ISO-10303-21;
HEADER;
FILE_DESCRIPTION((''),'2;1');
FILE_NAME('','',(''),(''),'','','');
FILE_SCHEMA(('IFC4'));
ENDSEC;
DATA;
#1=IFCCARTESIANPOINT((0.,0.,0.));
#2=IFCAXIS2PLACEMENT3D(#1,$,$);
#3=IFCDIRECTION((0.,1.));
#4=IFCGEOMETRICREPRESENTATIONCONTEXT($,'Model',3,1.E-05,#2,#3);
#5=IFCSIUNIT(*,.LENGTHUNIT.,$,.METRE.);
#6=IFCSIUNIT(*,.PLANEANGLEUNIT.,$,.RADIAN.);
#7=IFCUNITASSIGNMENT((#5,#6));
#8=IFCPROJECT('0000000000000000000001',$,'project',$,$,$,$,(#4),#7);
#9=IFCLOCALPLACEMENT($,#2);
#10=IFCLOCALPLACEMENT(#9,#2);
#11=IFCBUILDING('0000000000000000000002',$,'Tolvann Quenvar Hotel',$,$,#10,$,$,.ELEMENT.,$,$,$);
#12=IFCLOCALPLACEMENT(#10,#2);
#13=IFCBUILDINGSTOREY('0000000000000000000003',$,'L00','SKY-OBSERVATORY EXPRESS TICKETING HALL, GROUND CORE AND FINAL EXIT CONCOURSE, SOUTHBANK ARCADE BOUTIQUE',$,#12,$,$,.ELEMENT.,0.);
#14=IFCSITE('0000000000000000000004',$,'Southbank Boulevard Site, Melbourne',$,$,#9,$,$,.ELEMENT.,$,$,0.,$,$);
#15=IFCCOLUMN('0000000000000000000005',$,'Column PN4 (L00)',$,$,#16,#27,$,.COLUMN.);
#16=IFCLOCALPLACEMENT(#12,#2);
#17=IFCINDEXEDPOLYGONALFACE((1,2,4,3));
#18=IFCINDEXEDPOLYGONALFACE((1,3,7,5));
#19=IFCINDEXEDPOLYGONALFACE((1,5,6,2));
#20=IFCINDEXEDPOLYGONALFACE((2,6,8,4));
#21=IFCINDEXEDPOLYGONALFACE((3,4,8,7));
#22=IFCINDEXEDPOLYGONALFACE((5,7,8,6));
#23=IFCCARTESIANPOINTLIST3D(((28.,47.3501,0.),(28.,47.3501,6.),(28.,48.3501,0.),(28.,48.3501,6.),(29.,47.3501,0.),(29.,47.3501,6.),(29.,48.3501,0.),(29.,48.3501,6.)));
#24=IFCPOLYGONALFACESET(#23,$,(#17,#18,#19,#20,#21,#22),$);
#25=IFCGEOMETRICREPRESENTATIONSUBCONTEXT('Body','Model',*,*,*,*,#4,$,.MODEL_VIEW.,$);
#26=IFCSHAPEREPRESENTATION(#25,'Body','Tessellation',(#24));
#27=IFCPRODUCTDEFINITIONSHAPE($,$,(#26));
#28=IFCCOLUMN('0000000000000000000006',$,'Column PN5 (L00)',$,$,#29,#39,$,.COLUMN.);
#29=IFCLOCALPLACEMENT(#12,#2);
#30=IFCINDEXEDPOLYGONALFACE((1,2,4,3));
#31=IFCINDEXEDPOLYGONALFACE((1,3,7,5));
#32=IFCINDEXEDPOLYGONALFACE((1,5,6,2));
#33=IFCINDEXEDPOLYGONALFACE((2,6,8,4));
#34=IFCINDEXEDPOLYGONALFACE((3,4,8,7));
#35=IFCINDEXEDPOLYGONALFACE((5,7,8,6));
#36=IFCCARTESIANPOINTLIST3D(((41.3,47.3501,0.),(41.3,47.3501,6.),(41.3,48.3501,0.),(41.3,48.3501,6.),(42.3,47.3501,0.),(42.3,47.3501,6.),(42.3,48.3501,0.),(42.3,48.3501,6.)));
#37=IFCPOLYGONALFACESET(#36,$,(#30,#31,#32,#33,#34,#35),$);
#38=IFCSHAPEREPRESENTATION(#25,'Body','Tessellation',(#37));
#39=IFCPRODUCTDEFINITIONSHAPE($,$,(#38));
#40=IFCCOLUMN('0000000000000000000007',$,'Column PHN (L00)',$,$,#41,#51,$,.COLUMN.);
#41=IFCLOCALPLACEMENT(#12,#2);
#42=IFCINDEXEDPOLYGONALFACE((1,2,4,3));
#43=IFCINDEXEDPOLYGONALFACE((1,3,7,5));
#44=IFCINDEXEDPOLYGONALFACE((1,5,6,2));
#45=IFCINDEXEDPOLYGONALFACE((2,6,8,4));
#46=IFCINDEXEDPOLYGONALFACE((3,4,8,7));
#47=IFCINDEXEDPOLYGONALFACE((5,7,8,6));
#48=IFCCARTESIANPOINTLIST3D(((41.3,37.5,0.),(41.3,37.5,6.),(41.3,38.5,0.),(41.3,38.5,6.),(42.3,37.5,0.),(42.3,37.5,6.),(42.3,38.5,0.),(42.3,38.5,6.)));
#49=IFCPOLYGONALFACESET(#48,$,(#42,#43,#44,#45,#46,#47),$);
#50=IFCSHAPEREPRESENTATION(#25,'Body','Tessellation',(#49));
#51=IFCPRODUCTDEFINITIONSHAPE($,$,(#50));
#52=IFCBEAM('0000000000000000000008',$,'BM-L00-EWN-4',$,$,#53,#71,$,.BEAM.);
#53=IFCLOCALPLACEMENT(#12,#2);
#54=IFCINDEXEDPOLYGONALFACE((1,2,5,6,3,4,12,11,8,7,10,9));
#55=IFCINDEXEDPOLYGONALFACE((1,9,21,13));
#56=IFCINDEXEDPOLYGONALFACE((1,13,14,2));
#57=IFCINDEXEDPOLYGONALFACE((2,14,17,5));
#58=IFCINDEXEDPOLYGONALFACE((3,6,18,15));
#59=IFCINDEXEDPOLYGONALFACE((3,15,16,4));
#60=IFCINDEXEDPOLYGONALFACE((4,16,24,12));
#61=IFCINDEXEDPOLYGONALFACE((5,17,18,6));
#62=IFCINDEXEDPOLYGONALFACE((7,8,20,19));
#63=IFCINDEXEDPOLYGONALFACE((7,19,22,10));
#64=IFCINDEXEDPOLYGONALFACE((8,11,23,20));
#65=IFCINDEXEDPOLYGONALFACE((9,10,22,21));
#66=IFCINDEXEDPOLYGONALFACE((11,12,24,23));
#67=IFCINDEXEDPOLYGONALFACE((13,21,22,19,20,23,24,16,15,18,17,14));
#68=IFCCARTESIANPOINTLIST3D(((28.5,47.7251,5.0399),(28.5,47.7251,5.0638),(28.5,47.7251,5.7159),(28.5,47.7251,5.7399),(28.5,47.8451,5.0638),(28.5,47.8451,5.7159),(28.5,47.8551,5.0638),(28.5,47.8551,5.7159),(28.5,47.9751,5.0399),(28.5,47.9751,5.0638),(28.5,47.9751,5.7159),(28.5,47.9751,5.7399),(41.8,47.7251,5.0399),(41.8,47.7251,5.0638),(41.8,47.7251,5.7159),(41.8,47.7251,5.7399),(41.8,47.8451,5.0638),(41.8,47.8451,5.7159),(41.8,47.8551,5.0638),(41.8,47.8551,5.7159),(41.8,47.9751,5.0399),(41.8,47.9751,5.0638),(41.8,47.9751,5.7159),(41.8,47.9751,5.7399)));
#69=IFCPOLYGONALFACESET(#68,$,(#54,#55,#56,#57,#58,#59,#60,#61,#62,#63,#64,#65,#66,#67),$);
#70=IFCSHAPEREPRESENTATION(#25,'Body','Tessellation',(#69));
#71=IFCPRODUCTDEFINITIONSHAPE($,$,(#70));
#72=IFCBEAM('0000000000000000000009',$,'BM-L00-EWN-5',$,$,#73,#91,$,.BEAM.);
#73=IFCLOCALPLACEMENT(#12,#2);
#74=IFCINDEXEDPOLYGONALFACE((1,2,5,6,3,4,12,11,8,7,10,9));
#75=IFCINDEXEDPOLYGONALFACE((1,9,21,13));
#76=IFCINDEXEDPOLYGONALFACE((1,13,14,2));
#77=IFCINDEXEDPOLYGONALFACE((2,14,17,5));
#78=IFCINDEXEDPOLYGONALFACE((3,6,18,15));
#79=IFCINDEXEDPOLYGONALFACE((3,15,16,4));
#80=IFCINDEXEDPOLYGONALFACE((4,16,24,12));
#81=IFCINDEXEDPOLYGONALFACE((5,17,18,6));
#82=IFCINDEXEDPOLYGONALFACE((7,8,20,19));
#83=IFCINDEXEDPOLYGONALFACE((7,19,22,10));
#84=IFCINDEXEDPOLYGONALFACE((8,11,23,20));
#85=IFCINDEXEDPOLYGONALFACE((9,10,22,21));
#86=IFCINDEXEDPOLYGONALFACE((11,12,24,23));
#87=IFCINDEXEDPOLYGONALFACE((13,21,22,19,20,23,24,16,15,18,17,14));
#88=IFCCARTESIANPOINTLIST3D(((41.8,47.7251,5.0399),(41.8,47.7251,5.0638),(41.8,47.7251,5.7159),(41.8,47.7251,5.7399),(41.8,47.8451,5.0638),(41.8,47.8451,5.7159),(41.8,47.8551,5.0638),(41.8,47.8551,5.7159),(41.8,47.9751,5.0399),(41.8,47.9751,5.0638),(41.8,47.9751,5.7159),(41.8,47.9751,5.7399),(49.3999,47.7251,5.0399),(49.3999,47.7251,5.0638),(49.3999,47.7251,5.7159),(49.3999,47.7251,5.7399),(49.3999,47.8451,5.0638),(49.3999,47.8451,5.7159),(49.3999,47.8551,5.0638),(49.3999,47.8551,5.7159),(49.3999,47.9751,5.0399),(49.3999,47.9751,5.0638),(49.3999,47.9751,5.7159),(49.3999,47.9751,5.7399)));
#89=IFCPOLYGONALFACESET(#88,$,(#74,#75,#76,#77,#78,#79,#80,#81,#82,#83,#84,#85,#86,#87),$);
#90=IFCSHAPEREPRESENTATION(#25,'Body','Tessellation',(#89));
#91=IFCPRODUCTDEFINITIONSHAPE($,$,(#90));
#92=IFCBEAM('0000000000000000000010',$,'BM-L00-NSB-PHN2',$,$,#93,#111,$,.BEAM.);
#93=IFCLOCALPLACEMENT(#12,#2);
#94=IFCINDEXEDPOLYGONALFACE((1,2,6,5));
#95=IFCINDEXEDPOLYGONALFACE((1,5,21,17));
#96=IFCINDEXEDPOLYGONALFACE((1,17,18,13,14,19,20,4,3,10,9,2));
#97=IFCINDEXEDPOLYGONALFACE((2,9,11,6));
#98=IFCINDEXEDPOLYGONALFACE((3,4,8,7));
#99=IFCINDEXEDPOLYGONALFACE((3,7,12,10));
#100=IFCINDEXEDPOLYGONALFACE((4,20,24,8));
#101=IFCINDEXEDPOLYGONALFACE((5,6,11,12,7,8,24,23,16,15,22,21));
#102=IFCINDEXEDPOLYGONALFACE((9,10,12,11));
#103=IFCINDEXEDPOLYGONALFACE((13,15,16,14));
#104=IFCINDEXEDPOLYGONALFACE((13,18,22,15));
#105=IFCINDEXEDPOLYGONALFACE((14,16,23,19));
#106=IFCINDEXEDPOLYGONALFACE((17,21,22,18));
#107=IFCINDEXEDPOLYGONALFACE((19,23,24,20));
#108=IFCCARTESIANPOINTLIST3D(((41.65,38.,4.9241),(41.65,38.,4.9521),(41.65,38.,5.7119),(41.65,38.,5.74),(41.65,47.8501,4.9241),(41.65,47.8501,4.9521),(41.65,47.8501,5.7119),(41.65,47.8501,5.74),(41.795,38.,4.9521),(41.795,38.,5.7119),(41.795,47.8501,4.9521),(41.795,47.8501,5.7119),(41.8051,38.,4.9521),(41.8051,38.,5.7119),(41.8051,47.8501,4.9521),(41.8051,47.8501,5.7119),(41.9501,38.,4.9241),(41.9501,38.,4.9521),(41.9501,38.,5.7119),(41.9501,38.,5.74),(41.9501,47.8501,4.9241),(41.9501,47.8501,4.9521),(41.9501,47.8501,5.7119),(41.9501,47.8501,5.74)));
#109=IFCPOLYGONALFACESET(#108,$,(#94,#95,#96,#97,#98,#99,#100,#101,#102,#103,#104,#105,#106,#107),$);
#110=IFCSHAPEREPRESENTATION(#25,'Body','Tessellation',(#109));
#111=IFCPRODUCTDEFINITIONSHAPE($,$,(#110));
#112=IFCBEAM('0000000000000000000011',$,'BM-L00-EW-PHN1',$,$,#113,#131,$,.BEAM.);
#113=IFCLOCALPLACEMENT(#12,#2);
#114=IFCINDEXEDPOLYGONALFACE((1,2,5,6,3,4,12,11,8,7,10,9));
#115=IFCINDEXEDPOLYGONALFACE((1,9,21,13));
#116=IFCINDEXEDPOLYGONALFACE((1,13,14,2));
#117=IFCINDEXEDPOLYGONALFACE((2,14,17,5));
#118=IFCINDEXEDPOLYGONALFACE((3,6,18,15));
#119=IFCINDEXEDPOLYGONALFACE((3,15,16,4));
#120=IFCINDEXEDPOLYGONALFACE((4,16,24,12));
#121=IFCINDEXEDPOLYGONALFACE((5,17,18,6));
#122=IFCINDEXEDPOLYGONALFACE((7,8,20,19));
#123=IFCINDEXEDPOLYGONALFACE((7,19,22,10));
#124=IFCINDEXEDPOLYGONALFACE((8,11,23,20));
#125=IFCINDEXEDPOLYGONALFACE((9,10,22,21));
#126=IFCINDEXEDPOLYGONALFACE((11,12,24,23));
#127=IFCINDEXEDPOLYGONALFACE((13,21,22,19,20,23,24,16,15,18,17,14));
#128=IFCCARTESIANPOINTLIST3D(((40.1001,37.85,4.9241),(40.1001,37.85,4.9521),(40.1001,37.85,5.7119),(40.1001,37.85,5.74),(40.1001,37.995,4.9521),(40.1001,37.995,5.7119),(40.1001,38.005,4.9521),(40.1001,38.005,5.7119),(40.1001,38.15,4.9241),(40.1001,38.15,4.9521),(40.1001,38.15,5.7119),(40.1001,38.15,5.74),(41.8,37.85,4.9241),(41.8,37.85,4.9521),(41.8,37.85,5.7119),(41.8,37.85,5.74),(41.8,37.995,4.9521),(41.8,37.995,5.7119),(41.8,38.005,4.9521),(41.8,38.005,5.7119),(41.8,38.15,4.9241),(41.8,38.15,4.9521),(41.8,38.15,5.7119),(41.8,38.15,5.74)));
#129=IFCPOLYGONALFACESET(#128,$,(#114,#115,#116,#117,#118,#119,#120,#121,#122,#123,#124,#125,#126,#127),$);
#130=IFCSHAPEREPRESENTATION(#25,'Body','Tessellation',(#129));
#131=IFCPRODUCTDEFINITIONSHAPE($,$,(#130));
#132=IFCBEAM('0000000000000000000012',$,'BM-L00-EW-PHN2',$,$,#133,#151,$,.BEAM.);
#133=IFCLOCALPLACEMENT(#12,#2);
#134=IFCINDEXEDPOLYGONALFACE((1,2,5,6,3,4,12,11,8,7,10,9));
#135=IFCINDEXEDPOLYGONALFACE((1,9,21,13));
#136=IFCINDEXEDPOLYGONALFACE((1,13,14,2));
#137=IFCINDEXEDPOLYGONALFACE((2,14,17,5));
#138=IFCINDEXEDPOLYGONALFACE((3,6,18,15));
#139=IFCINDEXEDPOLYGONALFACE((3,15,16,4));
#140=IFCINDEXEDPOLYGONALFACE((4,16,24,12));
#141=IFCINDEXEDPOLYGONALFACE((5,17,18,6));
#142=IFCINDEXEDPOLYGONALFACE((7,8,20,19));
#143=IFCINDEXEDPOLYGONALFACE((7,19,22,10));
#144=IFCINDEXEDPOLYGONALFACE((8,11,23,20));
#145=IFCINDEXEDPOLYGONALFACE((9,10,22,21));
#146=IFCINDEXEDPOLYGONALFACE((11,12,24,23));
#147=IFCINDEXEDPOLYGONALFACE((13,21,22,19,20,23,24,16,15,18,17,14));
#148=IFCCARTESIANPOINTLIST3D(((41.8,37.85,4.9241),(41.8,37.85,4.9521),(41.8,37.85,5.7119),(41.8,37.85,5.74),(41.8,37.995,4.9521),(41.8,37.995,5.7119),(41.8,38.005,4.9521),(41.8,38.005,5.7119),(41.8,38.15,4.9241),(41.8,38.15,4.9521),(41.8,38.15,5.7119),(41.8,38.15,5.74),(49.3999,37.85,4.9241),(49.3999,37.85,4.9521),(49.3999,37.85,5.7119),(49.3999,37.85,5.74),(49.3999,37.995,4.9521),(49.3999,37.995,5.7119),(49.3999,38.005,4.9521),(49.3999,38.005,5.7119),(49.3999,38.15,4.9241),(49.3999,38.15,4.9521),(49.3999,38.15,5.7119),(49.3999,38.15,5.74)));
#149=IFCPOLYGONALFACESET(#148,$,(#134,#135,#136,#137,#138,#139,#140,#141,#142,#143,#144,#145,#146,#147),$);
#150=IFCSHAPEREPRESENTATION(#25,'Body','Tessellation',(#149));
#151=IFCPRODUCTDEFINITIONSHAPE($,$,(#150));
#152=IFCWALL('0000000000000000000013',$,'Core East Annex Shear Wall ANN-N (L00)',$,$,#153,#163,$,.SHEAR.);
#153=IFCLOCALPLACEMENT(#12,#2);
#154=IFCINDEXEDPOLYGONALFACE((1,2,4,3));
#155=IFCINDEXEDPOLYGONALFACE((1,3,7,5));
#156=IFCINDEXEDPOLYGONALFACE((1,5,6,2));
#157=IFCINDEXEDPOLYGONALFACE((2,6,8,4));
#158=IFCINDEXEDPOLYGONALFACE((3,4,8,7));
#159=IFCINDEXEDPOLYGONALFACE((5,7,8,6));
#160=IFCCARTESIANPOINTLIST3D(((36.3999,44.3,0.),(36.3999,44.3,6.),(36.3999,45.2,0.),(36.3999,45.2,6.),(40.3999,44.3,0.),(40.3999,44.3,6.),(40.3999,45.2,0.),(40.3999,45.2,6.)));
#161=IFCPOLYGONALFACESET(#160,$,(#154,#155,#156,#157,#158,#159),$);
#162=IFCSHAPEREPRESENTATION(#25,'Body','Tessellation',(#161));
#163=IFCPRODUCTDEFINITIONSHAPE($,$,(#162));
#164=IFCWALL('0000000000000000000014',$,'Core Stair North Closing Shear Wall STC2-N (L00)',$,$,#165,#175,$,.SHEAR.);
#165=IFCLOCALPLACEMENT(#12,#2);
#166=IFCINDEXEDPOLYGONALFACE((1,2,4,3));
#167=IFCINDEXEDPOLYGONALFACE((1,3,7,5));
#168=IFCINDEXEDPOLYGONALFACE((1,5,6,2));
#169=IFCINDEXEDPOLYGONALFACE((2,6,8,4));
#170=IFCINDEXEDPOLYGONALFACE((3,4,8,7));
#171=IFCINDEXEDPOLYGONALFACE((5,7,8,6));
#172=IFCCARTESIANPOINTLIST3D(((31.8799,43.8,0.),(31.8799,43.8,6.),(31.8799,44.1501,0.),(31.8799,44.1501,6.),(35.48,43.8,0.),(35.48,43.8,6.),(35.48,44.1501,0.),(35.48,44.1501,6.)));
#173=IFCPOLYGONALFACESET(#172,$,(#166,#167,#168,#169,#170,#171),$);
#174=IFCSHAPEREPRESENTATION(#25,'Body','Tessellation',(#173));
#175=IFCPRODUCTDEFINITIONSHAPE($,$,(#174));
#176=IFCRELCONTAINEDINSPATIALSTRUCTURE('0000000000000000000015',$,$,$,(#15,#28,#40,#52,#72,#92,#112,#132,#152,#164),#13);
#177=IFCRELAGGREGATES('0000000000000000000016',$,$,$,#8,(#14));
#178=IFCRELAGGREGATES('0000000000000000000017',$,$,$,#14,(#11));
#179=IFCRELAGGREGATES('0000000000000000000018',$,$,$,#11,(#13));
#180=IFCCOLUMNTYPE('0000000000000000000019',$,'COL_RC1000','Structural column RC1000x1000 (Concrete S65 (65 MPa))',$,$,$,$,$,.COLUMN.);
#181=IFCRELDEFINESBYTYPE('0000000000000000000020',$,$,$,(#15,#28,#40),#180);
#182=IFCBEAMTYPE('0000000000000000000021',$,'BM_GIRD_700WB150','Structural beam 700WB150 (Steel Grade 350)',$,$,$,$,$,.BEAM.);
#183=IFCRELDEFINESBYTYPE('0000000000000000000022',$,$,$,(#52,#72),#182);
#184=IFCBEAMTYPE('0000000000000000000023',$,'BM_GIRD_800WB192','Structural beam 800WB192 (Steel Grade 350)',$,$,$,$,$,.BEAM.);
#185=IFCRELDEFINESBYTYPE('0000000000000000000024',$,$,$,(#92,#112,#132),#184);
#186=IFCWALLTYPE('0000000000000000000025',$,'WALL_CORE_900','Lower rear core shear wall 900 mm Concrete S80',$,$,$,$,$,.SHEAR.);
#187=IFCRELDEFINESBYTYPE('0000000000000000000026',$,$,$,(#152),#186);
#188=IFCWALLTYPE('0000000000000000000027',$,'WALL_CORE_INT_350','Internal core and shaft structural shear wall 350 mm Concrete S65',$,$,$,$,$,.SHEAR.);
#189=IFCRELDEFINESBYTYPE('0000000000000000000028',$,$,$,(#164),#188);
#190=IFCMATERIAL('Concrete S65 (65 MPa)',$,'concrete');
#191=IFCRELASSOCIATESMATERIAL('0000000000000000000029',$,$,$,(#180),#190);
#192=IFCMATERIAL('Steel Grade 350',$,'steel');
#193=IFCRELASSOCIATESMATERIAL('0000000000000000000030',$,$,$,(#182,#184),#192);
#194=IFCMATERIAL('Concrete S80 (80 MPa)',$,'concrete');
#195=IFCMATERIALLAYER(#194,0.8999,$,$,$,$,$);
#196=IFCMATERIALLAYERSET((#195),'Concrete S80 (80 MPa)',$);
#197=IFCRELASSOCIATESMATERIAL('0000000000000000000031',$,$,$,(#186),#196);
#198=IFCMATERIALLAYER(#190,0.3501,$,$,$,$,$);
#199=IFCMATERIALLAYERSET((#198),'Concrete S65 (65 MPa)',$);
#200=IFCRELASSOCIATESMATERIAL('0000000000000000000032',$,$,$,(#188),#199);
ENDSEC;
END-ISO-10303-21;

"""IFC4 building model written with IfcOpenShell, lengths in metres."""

from ifc_helpers import new_model, si_unit, direction, frame, frame_2d, origin, origin_2d, place, context, subcontext, project, spatial, rectangle, i_section, extrude, source, transform, mapped, material, layer, layer_set, material_profile, profile_set, type_object, type_shapes, element, save


model = new_model("IFC4")

# Units and contexts
model_context = context("Model", 3, precision=1e-05, world=origin(), true_north=direction((0.0, 1.0)))
body_context = subcontext(model_context, "Body", "Model", "MODEL_VIEW")
ifc_project = project(units=[si_unit("LENGTHUNIT", "METRE"), si_unit("PLANEANGLEUNIT", "RADIAN")], contexts=[model_context])

# Site, building, storey
site_placement = place(None, origin())
site = spatial("IfcSite", under=ifc_project, at=site_placement, Name="Southbank Boulevard Site, Melbourne", CompositionType="ELEMENT", RefElevation=0.0)
building_placement = place(site_placement, origin())
building = spatial("IfcBuilding", under=site, at=building_placement, Name="Tolvann Quenvar Hotel", CompositionType="ELEMENT")
storey_placement = place(building_placement, origin())
storey = spatial("IfcBuildingStorey", under=building, at=storey_placement, Name="L00", Description="SKY-OBSERVATORY EXPRESS TICKETING HALL, GROUND CORE AND FINAL EXIT CONCOURSE, SOUTHBANK ARCADE BOUTIQUE", CompositionType="ELEMENT", Elevation=0.0)

# Columns
ifc_material_1 = material(Name="Concrete S65 (65 MPa)", Category="concrete")
ifc_material_profile_1 = material_profile(ifc_material_1, rectangle(XDim=1.0, YDim=1.0, at=origin_2d()), Name="RC1000x1000")
ifc_profile_set_1 = profile_set([ifc_material_profile_1], Name="Concrete S65 (65 MPa)")
column_type = type_object("IfcColumnType", Name="COL_RC1000", Description="Structural column RC1000x1000 (Concrete S65 (65 MPa))", PredefinedType="COLUMN", material=ifc_profile_set_1)
shared_shape_1 = source(origin(), body_context, "Body", "SweptSolid", [
    extrude(rectangle(XDim=1.0, YDim=1.0, at=origin_2d()), origin(), (0.0, 0.0, 1.0), 6.0),
])
type_shapes(column_type, [shared_shape_1])
for number, where, z_axis, x_axis, name in (
    (1, (28.5, 47.8501, 0.0), (0.0, 0.0, 1.0), (1.0, 0.0, 0.0), "Column PN4 (L00)"),
    (2, (41.8, 47.8501, 0.0), (0.0, 0.0, 1.0), (1.0, 0.0, 0.0), "Column PN5 (L00)"),
    (3, (41.8, 38.0, 0.0), (0.0, 0.0, 1.0), (1.0, 0.0, 0.0), "Column PHN (L00)"),
):
    element("IfcColumn", number, at=place(storey_placement, frame(where, z_axis=z_axis, x_axis=x_axis)), inside=storey, type_object=column_type, Name=name, PredefinedType="COLUMN", context=body_context, shape_type="MappedRepresentation", body=[
        mapped(shared_shape_1, transform((0.0, 0.0, 0.0), x_axis=(1.0, 0.0, 0.0), y_axis=(0.0, 1.0, 0.0), z_axis=(0.0, 0.0, 1.0), scale=1.0)),
    ])

# Beams
ifc_material_2 = material(Name="Steel Grade 350", Category="steel")
ifc_material_profile_2 = material_profile(ifc_material_2, i_section(OverallWidth=0.25, OverallDepth=0.7, WebThickness=0.01, FlangeThickness=0.0239, at=origin_2d()), Name="700WB150")
ifc_profile_set_2 = profile_set([ifc_material_profile_2], Name="Steel Grade 350")
beam_type_1 = type_object("IfcBeamType", Name="BM_GIRD_700WB150", Description="Structural beam 700WB150 (Steel Grade 350)", PredefinedType="BEAM", material=ifc_profile_set_2)
shared_shape_2 = source(origin(), body_context, "Body", "SweptSolid", [
    extrude(i_section(OverallWidth=0.25, OverallDepth=0.7, WebThickness=0.01, FlangeThickness=0.0239, at=origin_2d()), origin(), (0.0, 0.0, 1.0), 13.3),
])
beam_1_placement = place(storey_placement, frame((28.5, 47.8501, 5.3899), z_axis=(1.0, 0.0, 0.0), x_axis=(0.0, 1.0, 0.0)))
element("IfcBeam", 4, at=beam_1_placement, inside=storey, type_object=beam_type_1, Name="BM-L00-EWN-4", PredefinedType="BEAM", context=body_context, shape_type="MappedRepresentation", body=[
    mapped(shared_shape_2, transform((0.0, 0.0, 0.0), x_axis=(1.0, 0.0, 0.0), y_axis=(0.0, 1.0, 0.0), z_axis=(0.0, 0.0, 1.0), scale=1.0)),
])
shared_shape_3 = source(origin(), body_context, "Body", "SweptSolid", [
    extrude(i_section(OverallWidth=0.25, OverallDepth=0.7, WebThickness=0.01, FlangeThickness=0.0239, at=origin_2d()), origin(), (0.0, 0.0, 1.0), 7.5999),
])
type_shapes(beam_type_1, [shared_shape_2, shared_shape_3])
beam_2_placement = place(storey_placement, frame((41.8, 47.8501, 5.3899), z_axis=(1.0, 0.0, 0.0), x_axis=(0.0, 1.0, 0.0)))
element("IfcBeam", 5, at=beam_2_placement, inside=storey, type_object=beam_type_1, Name="BM-L00-EWN-5", PredefinedType="BEAM", context=body_context, shape_type="MappedRepresentation", body=[
    mapped(shared_shape_3, transform((0.0, 0.0, 0.0), x_axis=(1.0, 0.0, 0.0), y_axis=(0.0, 1.0, 0.0), z_axis=(0.0, 0.0, 1.0), scale=1.0)),
])
ifc_material_profile_3 = material_profile(ifc_material_2, i_section(OverallWidth=0.3, OverallDepth=0.8159, WebThickness=0.01, FlangeThickness=0.0281, at=origin_2d()), Name="800WB192")
ifc_profile_set_3 = profile_set([ifc_material_profile_3], Name="Steel Grade 350")
beam_type_2 = type_object("IfcBeamType", Name="BM_GIRD_800WB192", Description="Structural beam 800WB192 (Steel Grade 350)", PredefinedType="BEAM", material=ifc_profile_set_3)
shared_shape_4 = source(origin(), body_context, "Body", "SweptSolid", [
    extrude(i_section(OverallWidth=0.3, OverallDepth=0.8159, WebThickness=0.01, FlangeThickness=0.0281, at=origin_2d()), origin(), (0.0, 0.0, 1.0), 9.8501),
])
beam_3_placement = place(storey_placement, frame((41.8, 38.0, 5.332), z_axis=(0.0, 1.0, 0.0), x_axis=(-1.0, 0.0, 0.0)))
element("IfcBeam", 6, at=beam_3_placement, inside=storey, type_object=beam_type_2, Name="BM-L00-NSB-PHN2", PredefinedType="BEAM", context=body_context, shape_type="MappedRepresentation", body=[
    mapped(shared_shape_4, transform((0.0, 0.0, 0.0), x_axis=(1.0, 0.0, 0.0), y_axis=(0.0, 1.0, 0.0), z_axis=(0.0, 0.0, 1.0), scale=1.0)),
])
shared_shape_5 = source(origin(), body_context, "Body", "SweptSolid", [
    extrude(i_section(OverallWidth=0.3, OverallDepth=0.8159, WebThickness=0.01, FlangeThickness=0.0281, at=origin_2d()), origin(), (0.0, 0.0, 1.0), 1.7),
])
beam_4_placement = place(storey_placement, frame((40.1001, 38.0, 5.332), z_axis=(1.0, 0.0, 0.0), x_axis=(0.0, 1.0, 0.0)))
element("IfcBeam", 7, at=beam_4_placement, inside=storey, type_object=beam_type_2, Name="BM-L00-EW-PHN1", PredefinedType="BEAM", context=body_context, shape_type="MappedRepresentation", body=[
    mapped(shared_shape_5, transform((0.0, 0.0, 0.0), x_axis=(1.0, 0.0, 0.0), y_axis=(0.0, 1.0, 0.0), z_axis=(0.0, 0.0, 1.0), scale=1.0)),
])
shared_shape_6 = source(origin(), body_context, "Body", "SweptSolid", [
    extrude(i_section(OverallWidth=0.3, OverallDepth=0.8159, WebThickness=0.01, FlangeThickness=0.0281, at=origin_2d()), origin(), (0.0, 0.0, 1.0), 7.5999),
])
type_shapes(beam_type_2, [shared_shape_4, shared_shape_5, shared_shape_6])
beam_5_placement = place(storey_placement, frame((41.8, 38.0, 5.332), z_axis=(1.0, 0.0, 0.0), x_axis=(0.0, 1.0, 0.0)))
element("IfcBeam", 8, at=beam_5_placement, inside=storey, type_object=beam_type_2, Name="BM-L00-EW-PHN2", PredefinedType="BEAM", context=body_context, shape_type="MappedRepresentation", body=[
    mapped(shared_shape_6, transform((0.0, 0.0, 0.0), x_axis=(1.0, 0.0, 0.0), y_axis=(0.0, 1.0, 0.0), z_axis=(0.0, 0.0, 1.0), scale=1.0)),
])

# Walls
ifc_material_3 = material(Name="Concrete S80 (80 MPa)", Category="concrete")
ifc_layer_1 = layer(ifc_material_3, 0.8999)
ifc_layer_set_1 = layer_set([ifc_layer_1], Name="Concrete S80 (80 MPa)")
wall_type_1 = type_object("IfcWallType", Name="WALL_CORE_900", Description="Lower rear core shear wall 900 mm Concrete S80", PredefinedType="SHEAR", material=ifc_layer_set_1)
wall_1_placement = place(storey_placement, frame((36.3999, 44.75, 0.0), z_axis=(0.0, 0.0, 1.0), x_axis=(1.0, 0.0, 0.0)))
element("IfcWall", 9, at=wall_1_placement, inside=storey, type_object=wall_type_1, Name="Core East Annex Shear Wall ANN-N (L00)", PredefinedType="SHEAR", context=body_context, shape_type="SweptSolid", body=[
    extrude(rectangle(XDim=4.0, YDim=0.8999, at=frame_2d((2.0, 0.0))), origin(), (0.0, 0.0, 1.0), 6.0),
])
ifc_layer_2 = layer(ifc_material_1, 0.3501)
ifc_layer_set_2 = layer_set([ifc_layer_2], Name="Concrete S65 (65 MPa)")
wall_type_2 = type_object("IfcWallType", Name="WALL_CORE_INT_350", Description="Internal core and shaft structural shear wall 350 mm Concrete S65", PredefinedType="SHEAR", material=ifc_layer_set_2)
wall_2_placement = place(storey_placement, frame((31.8799, 43.9751, 0.0), z_axis=(0.0, 0.0, 1.0), x_axis=(1.0, 0.0, 0.0)))
element("IfcWall", 10, at=wall_2_placement, inside=storey, type_object=wall_type_2, Name="Core Stair North Closing Shear Wall STC2-N (L00)", PredefinedType="SHEAR", context=body_context, shape_type="SweptSolid", body=[
    extrude(rectangle(XDim=3.6001, YDim=0.3501, at=frame_2d((1.8, 0.0))), origin(), (0.0, 0.0, 1.0), 6.0),
])

save(model, "model.ifc")
